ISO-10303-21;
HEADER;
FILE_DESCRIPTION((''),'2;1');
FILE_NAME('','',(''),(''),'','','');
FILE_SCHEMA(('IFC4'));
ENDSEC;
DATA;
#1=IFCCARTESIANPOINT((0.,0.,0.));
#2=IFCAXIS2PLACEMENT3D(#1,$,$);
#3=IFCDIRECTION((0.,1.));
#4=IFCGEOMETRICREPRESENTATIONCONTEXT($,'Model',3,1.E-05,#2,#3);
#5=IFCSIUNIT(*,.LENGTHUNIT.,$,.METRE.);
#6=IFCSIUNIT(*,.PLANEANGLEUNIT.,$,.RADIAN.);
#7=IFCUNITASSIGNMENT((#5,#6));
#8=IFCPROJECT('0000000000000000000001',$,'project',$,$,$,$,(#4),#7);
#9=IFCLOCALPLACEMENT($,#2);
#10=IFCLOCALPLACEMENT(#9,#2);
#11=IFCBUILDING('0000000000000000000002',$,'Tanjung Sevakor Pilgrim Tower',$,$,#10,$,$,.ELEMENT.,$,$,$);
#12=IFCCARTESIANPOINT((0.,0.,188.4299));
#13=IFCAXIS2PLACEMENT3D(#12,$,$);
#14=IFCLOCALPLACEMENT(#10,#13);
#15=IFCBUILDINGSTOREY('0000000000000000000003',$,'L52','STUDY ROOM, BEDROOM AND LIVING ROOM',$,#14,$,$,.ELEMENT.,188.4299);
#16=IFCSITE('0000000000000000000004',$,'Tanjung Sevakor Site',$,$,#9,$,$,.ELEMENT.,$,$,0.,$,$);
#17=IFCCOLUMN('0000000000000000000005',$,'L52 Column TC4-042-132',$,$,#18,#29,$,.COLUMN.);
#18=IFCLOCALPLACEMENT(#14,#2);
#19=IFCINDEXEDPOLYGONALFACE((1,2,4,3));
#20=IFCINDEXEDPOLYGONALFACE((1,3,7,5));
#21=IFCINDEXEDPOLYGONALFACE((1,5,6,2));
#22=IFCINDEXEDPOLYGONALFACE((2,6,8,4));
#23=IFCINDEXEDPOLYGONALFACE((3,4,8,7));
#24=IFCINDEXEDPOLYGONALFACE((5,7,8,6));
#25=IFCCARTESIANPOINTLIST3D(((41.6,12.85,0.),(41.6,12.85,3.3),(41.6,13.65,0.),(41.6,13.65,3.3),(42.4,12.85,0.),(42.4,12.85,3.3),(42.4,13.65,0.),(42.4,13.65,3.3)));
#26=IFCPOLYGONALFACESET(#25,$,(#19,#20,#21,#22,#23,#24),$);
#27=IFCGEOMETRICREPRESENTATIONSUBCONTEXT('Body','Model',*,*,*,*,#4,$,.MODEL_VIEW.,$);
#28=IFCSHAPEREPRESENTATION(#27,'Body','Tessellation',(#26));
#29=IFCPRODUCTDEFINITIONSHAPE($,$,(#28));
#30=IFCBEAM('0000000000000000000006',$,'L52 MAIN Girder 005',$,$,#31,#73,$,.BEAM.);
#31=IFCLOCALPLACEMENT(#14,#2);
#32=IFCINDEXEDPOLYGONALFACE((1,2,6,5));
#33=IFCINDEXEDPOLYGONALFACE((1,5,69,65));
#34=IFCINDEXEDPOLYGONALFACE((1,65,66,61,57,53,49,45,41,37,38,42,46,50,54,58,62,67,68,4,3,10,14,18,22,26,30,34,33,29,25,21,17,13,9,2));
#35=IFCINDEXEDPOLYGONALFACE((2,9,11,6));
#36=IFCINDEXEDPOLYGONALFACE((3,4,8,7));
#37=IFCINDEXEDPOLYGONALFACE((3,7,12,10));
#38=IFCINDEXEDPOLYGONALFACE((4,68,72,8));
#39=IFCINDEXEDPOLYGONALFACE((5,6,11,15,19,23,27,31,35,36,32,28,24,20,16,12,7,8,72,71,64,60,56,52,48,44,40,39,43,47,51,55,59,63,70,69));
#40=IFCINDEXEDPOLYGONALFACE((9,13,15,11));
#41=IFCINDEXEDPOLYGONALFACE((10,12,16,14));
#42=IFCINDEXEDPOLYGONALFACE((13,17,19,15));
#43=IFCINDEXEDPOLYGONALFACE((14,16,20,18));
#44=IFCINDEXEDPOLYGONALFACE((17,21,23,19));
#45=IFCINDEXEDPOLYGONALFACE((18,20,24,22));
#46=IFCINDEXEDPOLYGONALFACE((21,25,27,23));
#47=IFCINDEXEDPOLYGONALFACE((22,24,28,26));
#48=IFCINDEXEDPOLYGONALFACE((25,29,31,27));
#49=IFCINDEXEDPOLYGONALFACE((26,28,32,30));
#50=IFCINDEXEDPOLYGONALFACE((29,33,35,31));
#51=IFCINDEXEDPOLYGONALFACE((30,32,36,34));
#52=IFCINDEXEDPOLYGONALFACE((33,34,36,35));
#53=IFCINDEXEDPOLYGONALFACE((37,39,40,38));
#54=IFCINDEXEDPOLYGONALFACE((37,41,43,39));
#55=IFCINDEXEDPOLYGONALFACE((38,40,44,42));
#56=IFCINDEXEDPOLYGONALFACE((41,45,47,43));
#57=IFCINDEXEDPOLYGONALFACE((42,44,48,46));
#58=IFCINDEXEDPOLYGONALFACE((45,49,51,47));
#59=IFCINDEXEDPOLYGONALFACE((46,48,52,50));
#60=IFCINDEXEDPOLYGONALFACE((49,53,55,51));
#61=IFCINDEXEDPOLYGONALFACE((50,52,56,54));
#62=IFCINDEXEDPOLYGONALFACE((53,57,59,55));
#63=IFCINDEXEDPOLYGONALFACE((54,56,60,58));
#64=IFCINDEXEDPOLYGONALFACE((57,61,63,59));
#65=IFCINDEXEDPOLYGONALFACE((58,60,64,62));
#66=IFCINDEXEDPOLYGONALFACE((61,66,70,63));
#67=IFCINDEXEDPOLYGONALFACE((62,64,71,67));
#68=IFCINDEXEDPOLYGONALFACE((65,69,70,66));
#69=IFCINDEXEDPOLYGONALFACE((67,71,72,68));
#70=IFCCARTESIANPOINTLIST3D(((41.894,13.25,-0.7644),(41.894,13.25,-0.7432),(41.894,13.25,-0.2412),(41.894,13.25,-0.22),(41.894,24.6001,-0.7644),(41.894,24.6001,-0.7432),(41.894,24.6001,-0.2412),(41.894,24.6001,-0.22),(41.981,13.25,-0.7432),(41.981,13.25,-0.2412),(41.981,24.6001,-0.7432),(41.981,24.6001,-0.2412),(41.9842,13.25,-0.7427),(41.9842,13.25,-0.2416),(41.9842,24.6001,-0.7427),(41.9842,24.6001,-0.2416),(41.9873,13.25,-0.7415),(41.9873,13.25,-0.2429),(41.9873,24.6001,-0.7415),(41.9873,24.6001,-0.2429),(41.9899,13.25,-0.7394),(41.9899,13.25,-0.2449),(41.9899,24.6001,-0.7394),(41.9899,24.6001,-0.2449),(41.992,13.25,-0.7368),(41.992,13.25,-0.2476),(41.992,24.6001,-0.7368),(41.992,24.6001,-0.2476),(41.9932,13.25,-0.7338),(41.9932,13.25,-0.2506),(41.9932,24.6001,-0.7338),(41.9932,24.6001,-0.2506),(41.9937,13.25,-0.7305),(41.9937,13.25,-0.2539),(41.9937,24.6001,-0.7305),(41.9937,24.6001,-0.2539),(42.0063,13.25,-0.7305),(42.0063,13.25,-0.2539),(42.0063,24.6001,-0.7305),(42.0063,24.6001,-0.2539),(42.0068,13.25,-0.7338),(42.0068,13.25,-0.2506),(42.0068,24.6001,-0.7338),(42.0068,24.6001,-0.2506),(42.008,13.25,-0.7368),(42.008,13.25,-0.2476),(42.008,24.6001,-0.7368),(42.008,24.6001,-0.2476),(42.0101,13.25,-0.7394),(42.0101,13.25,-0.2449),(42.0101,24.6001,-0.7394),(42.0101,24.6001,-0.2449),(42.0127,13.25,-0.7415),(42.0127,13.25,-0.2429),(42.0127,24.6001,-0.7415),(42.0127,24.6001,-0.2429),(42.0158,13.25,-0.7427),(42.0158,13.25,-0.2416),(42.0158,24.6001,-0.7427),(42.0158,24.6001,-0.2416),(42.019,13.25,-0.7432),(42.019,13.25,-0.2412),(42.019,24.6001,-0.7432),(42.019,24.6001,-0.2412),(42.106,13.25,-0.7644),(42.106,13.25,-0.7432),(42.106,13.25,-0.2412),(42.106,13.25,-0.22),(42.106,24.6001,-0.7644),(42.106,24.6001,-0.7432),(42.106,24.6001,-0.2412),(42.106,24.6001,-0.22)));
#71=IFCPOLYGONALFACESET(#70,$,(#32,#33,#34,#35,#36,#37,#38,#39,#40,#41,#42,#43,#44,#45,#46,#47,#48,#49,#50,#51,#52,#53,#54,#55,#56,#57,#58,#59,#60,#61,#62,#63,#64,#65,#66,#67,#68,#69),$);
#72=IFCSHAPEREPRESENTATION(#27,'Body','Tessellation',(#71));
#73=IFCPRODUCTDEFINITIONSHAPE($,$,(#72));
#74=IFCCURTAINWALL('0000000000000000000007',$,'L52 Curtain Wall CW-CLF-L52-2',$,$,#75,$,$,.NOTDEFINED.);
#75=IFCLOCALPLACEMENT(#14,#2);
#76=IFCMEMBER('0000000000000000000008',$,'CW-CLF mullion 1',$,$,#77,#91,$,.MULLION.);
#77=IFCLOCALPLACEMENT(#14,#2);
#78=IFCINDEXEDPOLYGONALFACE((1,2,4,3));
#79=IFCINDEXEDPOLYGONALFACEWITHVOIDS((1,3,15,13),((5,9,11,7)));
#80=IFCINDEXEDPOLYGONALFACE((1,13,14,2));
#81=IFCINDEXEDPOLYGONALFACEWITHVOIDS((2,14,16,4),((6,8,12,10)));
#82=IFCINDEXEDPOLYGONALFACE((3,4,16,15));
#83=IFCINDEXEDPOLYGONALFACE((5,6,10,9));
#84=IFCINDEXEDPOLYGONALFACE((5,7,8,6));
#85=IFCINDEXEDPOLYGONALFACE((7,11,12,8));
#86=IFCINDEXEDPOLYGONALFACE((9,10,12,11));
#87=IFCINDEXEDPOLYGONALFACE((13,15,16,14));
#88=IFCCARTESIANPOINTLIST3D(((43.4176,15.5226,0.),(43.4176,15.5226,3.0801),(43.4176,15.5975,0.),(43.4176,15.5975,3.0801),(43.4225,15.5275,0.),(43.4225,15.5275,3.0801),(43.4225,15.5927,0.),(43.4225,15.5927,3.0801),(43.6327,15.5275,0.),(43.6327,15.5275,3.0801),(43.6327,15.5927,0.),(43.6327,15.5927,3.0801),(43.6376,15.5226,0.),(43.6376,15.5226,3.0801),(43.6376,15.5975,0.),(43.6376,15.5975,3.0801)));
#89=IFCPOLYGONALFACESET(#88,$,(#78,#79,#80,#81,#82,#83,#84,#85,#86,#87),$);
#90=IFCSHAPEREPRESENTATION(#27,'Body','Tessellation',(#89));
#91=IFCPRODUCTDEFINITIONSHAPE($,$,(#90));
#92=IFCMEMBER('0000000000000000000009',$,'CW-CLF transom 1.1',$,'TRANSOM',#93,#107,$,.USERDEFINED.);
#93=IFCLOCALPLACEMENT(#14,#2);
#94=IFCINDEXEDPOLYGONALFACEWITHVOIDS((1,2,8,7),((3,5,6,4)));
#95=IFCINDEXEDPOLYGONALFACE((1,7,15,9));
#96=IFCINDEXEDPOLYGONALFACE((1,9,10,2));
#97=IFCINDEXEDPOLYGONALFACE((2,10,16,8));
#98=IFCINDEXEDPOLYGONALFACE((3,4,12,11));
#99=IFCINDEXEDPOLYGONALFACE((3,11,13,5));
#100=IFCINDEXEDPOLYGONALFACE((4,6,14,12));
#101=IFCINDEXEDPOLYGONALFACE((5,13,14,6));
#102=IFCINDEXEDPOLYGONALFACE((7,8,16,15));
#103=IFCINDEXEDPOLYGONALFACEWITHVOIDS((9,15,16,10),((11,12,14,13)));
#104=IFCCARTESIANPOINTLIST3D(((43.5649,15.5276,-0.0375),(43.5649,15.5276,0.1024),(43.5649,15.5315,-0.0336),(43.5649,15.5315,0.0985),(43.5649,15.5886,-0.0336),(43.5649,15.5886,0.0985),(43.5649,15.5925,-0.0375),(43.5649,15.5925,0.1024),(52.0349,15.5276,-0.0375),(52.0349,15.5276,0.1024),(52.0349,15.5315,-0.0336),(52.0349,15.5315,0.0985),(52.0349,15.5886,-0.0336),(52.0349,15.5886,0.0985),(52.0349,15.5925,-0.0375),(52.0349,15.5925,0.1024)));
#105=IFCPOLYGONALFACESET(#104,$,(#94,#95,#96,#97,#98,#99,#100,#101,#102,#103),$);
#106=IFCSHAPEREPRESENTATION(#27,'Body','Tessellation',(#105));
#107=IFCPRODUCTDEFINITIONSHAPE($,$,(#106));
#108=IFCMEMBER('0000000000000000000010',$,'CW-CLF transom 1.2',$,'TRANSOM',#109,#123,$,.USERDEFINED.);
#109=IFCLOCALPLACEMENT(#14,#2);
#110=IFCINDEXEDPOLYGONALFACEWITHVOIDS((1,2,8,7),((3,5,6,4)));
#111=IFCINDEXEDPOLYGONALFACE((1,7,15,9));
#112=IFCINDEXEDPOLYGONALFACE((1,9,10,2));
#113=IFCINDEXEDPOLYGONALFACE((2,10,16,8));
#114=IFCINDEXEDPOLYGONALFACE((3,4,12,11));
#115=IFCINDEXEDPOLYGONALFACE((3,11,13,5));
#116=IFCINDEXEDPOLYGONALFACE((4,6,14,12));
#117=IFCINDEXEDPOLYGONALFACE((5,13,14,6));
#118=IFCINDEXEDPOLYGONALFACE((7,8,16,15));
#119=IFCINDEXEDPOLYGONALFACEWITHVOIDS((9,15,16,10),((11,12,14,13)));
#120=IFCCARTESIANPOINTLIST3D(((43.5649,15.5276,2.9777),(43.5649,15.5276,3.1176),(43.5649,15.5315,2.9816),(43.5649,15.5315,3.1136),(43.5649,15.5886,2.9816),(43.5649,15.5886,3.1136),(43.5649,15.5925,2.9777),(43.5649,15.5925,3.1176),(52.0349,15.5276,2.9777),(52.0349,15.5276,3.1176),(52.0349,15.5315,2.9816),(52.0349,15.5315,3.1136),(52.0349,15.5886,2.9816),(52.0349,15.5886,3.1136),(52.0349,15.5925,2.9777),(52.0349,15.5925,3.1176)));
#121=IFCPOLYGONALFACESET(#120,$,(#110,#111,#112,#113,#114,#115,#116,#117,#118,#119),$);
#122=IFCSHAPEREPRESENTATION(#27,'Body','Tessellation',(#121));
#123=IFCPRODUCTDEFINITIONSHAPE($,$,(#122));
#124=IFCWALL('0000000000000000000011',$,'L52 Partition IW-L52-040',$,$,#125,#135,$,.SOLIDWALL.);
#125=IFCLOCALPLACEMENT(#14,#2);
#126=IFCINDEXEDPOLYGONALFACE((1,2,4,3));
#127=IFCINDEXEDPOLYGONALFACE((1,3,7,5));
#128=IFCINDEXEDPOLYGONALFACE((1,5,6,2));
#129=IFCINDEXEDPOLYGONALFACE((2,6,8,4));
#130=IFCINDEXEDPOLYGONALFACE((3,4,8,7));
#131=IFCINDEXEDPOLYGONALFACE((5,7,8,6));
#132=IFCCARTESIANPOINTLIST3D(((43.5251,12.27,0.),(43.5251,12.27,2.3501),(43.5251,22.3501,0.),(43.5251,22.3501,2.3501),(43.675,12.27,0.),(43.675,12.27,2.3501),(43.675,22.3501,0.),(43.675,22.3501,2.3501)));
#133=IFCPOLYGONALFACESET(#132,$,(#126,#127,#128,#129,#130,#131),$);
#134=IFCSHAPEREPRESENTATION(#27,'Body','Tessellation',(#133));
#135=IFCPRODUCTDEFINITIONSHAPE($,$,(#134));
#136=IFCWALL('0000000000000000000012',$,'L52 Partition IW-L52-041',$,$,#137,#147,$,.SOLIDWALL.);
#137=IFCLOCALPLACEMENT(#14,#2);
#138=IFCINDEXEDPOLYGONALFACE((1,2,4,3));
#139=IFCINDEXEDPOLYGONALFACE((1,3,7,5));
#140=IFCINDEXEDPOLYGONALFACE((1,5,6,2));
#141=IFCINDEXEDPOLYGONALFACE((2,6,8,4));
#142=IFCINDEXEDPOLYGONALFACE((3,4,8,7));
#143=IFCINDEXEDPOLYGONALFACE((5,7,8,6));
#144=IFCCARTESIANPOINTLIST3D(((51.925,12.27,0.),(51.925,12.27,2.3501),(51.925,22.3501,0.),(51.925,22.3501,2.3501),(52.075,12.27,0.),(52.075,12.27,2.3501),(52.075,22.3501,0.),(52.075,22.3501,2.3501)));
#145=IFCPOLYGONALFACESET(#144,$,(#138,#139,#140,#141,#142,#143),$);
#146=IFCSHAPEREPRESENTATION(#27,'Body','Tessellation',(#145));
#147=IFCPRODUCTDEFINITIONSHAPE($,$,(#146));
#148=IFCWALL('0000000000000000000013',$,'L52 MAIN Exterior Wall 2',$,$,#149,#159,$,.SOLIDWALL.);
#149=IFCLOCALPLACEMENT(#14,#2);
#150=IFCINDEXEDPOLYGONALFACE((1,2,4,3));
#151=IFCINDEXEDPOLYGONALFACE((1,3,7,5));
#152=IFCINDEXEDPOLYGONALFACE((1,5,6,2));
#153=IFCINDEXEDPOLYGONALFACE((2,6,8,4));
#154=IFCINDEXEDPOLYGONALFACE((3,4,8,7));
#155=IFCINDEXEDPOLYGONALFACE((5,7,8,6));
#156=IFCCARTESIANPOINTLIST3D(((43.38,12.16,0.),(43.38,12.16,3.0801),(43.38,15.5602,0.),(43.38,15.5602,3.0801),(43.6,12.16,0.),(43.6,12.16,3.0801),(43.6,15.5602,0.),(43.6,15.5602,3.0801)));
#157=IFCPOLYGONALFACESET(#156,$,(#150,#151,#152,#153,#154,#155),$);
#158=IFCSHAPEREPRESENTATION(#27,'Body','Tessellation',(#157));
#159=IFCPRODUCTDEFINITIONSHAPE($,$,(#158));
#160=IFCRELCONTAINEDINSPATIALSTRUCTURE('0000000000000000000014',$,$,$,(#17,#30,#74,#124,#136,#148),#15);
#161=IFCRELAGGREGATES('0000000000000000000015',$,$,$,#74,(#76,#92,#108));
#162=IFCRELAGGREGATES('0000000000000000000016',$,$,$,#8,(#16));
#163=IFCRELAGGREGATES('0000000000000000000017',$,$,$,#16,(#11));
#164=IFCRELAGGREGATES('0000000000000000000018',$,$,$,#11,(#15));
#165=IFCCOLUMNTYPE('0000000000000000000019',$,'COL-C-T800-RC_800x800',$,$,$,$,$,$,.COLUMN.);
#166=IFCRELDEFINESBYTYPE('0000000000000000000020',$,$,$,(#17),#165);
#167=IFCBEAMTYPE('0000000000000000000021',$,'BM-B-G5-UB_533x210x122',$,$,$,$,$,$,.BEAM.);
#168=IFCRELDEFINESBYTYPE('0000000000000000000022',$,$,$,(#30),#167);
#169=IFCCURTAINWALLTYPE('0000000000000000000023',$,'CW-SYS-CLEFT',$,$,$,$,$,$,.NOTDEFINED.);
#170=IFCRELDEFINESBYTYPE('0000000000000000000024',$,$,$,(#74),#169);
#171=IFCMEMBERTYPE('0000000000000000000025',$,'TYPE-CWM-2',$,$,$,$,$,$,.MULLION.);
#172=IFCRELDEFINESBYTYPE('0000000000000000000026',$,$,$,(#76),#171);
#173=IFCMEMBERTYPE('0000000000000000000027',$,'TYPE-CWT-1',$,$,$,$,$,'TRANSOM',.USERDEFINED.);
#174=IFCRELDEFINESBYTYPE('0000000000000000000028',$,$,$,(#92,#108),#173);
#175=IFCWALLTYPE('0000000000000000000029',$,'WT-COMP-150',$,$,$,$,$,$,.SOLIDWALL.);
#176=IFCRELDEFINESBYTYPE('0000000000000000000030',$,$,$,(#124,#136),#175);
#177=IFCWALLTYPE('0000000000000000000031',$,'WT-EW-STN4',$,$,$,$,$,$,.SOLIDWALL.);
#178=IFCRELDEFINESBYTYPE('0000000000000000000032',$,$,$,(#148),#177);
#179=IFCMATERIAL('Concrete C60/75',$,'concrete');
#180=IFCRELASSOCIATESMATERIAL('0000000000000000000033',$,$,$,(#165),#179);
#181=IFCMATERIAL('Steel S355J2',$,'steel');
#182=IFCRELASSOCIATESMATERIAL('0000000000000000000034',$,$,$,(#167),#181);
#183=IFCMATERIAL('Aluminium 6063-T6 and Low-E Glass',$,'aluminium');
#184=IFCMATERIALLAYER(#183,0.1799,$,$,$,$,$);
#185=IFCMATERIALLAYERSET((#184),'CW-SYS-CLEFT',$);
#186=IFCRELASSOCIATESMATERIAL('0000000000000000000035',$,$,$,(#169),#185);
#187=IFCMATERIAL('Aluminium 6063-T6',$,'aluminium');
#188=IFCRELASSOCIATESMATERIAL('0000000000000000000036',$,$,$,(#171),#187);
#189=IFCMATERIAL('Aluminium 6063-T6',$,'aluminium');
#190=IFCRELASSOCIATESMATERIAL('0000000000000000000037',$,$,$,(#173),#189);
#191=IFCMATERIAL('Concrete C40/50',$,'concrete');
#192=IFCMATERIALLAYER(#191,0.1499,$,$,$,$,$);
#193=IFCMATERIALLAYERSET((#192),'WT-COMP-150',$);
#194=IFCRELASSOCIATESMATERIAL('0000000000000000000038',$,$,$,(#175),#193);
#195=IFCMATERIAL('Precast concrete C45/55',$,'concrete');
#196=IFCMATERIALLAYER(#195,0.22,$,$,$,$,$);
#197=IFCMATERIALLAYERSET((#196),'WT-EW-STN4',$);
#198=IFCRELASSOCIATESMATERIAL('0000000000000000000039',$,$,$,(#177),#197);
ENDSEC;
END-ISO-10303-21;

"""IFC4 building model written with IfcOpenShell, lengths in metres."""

from ifc_helpers import new_model, si_unit, direction, frame, frame_2d, origin, origin_2d, place, context, subcontext, project, spatial, rectangle, hollow_rectangle, i_section, extrude, material, layer, layer_set, material_profile, profile_set, type_object, element, aggregate, save


model = new_model("IFC4")

# Units and contexts
model_context = context("Model", 3, precision=1e-05, world=origin(), true_north=direction((0.0, 1.0)))
body_context = subcontext(model_context, "Body", "Model", "MODEL_VIEW")
ifc_project = project(units=[si_unit("LENGTHUNIT", "METRE"), si_unit("PLANEANGLEUNIT", "RADIAN")], contexts=[model_context])

# Site, building, storey
site_placement = place(None, origin())
site = spatial("IfcSite", under=ifc_project, at=site_placement, Name="Tanjung Sevakor Site", CompositionType="ELEMENT", RefElevation=0.0)
building_placement = place(site_placement, origin())
building = spatial("IfcBuilding", under=site, at=building_placement, Name="Tanjung Sevakor Pilgrim Tower", CompositionType="ELEMENT")
storey_placement = place(building_placement, frame((0.0, 0.0, 188.4299)))
storey = spatial("IfcBuildingStorey", under=building, at=storey_placement, Name="L52", Description="STUDY ROOM, BEDROOM AND LIVING ROOM", CompositionType="ELEMENT", Elevation=188.4299)

# Column
ifc_material_1 = material(Name="Concrete C60/75", Category="concrete")
ifc_material_profile_1 = material_profile(ifc_material_1, rectangle(XDim=0.8, YDim=0.8, at=origin_2d()))
ifc_profile_set_1 = profile_set([ifc_material_profile_1], Name="Concrete C60/75")
column_type = type_object("IfcColumnType", Name="COL-C-T800-RC_800x800", PredefinedType="COLUMN", material=ifc_profile_set_1)
column_placement = place(storey_placement, frame((42.0, 13.25, 0.0), z_axis=(0.0, 0.0, 1.0), x_axis=(1.0, 0.0, 0.0)))
element("IfcColumn", 1, at=column_placement, inside=storey, type_object=column_type, Name="L52 Column TC4-042-132", PredefinedType="COLUMN", context=body_context, shape_type="SweptSolid", body=[
    extrude(rectangle(XDim=0.8, YDim=0.8, at=origin_2d()), origin(), (0.0, 0.0, 1.0), 3.3),
])

# Beam
ifc_material_2 = material(Name="Steel S355J2", Category="steel")
ifc_material_profile_2 = material_profile(ifc_material_2, i_section(OverallWidth=0.2119, OverallDepth=0.5444, WebThickness=0.0127, FlangeThickness=0.0212, FilletRadius=0.0127, at=origin_2d()))
ifc_profile_set_2 = profile_set([ifc_material_profile_2], Name="Steel S355J2")
beam_type = type_object("IfcBeamType", Name="BM-B-G5-UB_533x210x122", PredefinedType="BEAM", material=ifc_profile_set_2)
beam_placement = place(storey_placement, frame((42.0, 13.25, -0.4922), z_axis=(0.0, 1.0, 0.0), x_axis=(-1.0, 0.0, 0.0)))
element("IfcBeam", 2, at=beam_placement, inside=storey, type_object=beam_type, Name="L52 MAIN Girder 005", PredefinedType="BEAM", context=body_context, shape_type="SweptSolid", body=[
    extrude(i_section(OverallWidth=0.2119, OverallDepth=0.5444, WebThickness=0.0127, FlangeThickness=0.0212, FilletRadius=0.0127, at=origin_2d()), origin(), (0.0, 0.0, 1.0), 11.3501),
])

# Curtain wall, members
ifc_material_3 = material(Name="Aluminium 6063-T6 and Low-E Glass", Category="aluminium")
ifc_layer_1 = layer(ifc_material_3, 0.1799)
ifc_layer_set_1 = layer_set([ifc_layer_1], Name="CW-SYS-CLEFT")
curtain_wall_type = type_object("IfcCurtainWallType", Name="CW-SYS-CLEFT", PredefinedType="NOTDEFINED", material=ifc_layer_set_1)
curtain_wall_placement = place(storey_placement, origin())
curtain_wall = element("IfcCurtainWall", 3, at=curtain_wall_placement, inside=storey, type_object=curtain_wall_type, Name="L52 Curtain Wall CW-CLF-L52-2", PredefinedType="NOTDEFINED")
ifc_material_4 = material(Name="Aluminium 6063-T6", Category="aluminium")
ifc_material_profile_3 = material_profile(ifc_material_4, hollow_rectangle(XDim=0.075, YDim=0.22, WallThickness=0.0049, at=origin_2d()))
ifc_profile_set_3 = profile_set([ifc_material_profile_3], Name="Aluminium 6063-T6")
member_type_1 = type_object("IfcMemberType", Name="TYPE-CWM-2", PredefinedType="MULLION", material=ifc_profile_set_3)
member_1_placement = place(storey_placement, frame((43.5276, 15.5601, 0.0), z_axis=(0.0, 0.0, 1.0), x_axis=(0.0, 1.0, 0.0)))
member_1 = element("IfcMember", 4, at=member_1_placement, type_object=member_type_1, Name="CW-CLF mullion 1", PredefinedType="MULLION", context=body_context, shape_type="SweptSolid", body=[
    extrude(hollow_rectangle(XDim=0.075, YDim=0.22, WallThickness=0.0049, at=origin_2d()), origin(), (0.0, 0.0, 1.0), 3.0801),
])
ifc_material_5 = material(Name="Aluminium 6063-T6", Category="aluminium")
ifc_material_profile_4 = material_profile(ifc_material_5, hollow_rectangle(XDim=0.0649, YDim=0.1399, WallThickness=0.0039, at=origin_2d()))
ifc_profile_set_4 = profile_set([ifc_material_profile_4], Name="Aluminium 6063-T6")
member_type_2 = type_object("IfcMemberType", Name="TYPE-CWT-1", ElementType="TRANSOM", PredefinedType="USERDEFINED", material=ifc_profile_set_4)
member_2_placement = place(storey_placement, frame((43.5649, 15.5601, 0.0325), z_axis=(1.0, 0.0, 0.0), x_axis=(0.0, 1.0, 0.0)))
member_2 = element("IfcMember", 5, at=member_2_placement, type_object=member_type_2, Name="CW-CLF transom 1.1", ObjectType="TRANSOM", PredefinedType="USERDEFINED", context=body_context, shape_type="SweptSolid", body=[
    extrude(hollow_rectangle(XDim=0.0649, YDim=0.1399, WallThickness=0.0039, at=origin_2d()), origin(), (0.0, 0.0, 1.0), 8.47),
])
member_3_placement = place(storey_placement, frame((43.5649, 15.5601, 3.0476), z_axis=(1.0, 0.0, 0.0), x_axis=(0.0, 1.0, 0.0)))
member_3 = element("IfcMember", 6, at=member_3_placement, type_object=member_type_2, Name="CW-CLF transom 1.2", ObjectType="TRANSOM", PredefinedType="USERDEFINED", context=body_context, shape_type="SweptSolid", body=[
    extrude(hollow_rectangle(XDim=0.0649, YDim=0.1399, WallThickness=0.0039, at=origin_2d()), origin(), (0.0, 0.0, 1.0), 8.47),
])
aggregate(curtain_wall, [member_1, member_2, member_3])

# Walls
ifc_material_6 = material(Name="Concrete C40/50", Category="concrete")
ifc_layer_2 = layer(ifc_material_6, 0.1499)
ifc_layer_set_2 = layer_set([ifc_layer_2], Name="WT-COMP-150")
wall_type_1 = type_object("IfcWallType", Name="WT-COMP-150", PredefinedType="SOLIDWALL", material=ifc_layer_set_2)
for number, where, z_axis, x_axis, name in (
    (7, (43.6001, 12.27, 0.0), (0.0, 0.0, 1.0), (0.0, 1.0, 0.0), "L52 Partition IW-L52-040"),
    (8, (52.0, 12.27, 0.0), (0.0, 0.0, 1.0), (0.0, 1.0, 0.0), "L52 Partition IW-L52-041"),
):
    element("IfcWall", number, at=place(storey_placement, frame(where, z_axis=z_axis, x_axis=x_axis)), inside=storey, type_object=wall_type_1, Name=name, PredefinedType="SOLIDWALL", context=body_context, shape_type="SweptSolid", body=[
        extrude(rectangle(XDim=10.0801, YDim=0.1499, at=frame_2d((5.04, 0.0))), origin(), (0.0, 0.0, 1.0), 2.3501),
    ])
ifc_material_7 = material(Name="Precast concrete C45/55", Category="concrete")
ifc_layer_3 = layer(ifc_material_7, 0.22)
ifc_layer_set_3 = layer_set([ifc_layer_3], Name="WT-EW-STN4")
wall_type_2 = type_object("IfcWallType", Name="WT-EW-STN4", PredefinedType="SOLIDWALL", material=ifc_layer_set_3)
wall_1_placement = place(storey_placement, frame((43.49, 12.1599, 0.0), z_axis=(0.0, 0.0, 1.0), x_axis=(0.0, 1.0, 0.0)))
element("IfcWall", 9, at=wall_1_placement, inside=storey, type_object=wall_type_2, Name="L52 MAIN Exterior Wall 2", PredefinedType="SOLIDWALL", context=body_context, shape_type="SweptSolid", body=[
    extrude(rectangle(XDim=3.4001, YDim=0.22, at=frame_2d((1.7002, 0.0))), origin(), (0.0, 0.0, 1.0), 3.0801),
])

save(model, "model.ifc")
